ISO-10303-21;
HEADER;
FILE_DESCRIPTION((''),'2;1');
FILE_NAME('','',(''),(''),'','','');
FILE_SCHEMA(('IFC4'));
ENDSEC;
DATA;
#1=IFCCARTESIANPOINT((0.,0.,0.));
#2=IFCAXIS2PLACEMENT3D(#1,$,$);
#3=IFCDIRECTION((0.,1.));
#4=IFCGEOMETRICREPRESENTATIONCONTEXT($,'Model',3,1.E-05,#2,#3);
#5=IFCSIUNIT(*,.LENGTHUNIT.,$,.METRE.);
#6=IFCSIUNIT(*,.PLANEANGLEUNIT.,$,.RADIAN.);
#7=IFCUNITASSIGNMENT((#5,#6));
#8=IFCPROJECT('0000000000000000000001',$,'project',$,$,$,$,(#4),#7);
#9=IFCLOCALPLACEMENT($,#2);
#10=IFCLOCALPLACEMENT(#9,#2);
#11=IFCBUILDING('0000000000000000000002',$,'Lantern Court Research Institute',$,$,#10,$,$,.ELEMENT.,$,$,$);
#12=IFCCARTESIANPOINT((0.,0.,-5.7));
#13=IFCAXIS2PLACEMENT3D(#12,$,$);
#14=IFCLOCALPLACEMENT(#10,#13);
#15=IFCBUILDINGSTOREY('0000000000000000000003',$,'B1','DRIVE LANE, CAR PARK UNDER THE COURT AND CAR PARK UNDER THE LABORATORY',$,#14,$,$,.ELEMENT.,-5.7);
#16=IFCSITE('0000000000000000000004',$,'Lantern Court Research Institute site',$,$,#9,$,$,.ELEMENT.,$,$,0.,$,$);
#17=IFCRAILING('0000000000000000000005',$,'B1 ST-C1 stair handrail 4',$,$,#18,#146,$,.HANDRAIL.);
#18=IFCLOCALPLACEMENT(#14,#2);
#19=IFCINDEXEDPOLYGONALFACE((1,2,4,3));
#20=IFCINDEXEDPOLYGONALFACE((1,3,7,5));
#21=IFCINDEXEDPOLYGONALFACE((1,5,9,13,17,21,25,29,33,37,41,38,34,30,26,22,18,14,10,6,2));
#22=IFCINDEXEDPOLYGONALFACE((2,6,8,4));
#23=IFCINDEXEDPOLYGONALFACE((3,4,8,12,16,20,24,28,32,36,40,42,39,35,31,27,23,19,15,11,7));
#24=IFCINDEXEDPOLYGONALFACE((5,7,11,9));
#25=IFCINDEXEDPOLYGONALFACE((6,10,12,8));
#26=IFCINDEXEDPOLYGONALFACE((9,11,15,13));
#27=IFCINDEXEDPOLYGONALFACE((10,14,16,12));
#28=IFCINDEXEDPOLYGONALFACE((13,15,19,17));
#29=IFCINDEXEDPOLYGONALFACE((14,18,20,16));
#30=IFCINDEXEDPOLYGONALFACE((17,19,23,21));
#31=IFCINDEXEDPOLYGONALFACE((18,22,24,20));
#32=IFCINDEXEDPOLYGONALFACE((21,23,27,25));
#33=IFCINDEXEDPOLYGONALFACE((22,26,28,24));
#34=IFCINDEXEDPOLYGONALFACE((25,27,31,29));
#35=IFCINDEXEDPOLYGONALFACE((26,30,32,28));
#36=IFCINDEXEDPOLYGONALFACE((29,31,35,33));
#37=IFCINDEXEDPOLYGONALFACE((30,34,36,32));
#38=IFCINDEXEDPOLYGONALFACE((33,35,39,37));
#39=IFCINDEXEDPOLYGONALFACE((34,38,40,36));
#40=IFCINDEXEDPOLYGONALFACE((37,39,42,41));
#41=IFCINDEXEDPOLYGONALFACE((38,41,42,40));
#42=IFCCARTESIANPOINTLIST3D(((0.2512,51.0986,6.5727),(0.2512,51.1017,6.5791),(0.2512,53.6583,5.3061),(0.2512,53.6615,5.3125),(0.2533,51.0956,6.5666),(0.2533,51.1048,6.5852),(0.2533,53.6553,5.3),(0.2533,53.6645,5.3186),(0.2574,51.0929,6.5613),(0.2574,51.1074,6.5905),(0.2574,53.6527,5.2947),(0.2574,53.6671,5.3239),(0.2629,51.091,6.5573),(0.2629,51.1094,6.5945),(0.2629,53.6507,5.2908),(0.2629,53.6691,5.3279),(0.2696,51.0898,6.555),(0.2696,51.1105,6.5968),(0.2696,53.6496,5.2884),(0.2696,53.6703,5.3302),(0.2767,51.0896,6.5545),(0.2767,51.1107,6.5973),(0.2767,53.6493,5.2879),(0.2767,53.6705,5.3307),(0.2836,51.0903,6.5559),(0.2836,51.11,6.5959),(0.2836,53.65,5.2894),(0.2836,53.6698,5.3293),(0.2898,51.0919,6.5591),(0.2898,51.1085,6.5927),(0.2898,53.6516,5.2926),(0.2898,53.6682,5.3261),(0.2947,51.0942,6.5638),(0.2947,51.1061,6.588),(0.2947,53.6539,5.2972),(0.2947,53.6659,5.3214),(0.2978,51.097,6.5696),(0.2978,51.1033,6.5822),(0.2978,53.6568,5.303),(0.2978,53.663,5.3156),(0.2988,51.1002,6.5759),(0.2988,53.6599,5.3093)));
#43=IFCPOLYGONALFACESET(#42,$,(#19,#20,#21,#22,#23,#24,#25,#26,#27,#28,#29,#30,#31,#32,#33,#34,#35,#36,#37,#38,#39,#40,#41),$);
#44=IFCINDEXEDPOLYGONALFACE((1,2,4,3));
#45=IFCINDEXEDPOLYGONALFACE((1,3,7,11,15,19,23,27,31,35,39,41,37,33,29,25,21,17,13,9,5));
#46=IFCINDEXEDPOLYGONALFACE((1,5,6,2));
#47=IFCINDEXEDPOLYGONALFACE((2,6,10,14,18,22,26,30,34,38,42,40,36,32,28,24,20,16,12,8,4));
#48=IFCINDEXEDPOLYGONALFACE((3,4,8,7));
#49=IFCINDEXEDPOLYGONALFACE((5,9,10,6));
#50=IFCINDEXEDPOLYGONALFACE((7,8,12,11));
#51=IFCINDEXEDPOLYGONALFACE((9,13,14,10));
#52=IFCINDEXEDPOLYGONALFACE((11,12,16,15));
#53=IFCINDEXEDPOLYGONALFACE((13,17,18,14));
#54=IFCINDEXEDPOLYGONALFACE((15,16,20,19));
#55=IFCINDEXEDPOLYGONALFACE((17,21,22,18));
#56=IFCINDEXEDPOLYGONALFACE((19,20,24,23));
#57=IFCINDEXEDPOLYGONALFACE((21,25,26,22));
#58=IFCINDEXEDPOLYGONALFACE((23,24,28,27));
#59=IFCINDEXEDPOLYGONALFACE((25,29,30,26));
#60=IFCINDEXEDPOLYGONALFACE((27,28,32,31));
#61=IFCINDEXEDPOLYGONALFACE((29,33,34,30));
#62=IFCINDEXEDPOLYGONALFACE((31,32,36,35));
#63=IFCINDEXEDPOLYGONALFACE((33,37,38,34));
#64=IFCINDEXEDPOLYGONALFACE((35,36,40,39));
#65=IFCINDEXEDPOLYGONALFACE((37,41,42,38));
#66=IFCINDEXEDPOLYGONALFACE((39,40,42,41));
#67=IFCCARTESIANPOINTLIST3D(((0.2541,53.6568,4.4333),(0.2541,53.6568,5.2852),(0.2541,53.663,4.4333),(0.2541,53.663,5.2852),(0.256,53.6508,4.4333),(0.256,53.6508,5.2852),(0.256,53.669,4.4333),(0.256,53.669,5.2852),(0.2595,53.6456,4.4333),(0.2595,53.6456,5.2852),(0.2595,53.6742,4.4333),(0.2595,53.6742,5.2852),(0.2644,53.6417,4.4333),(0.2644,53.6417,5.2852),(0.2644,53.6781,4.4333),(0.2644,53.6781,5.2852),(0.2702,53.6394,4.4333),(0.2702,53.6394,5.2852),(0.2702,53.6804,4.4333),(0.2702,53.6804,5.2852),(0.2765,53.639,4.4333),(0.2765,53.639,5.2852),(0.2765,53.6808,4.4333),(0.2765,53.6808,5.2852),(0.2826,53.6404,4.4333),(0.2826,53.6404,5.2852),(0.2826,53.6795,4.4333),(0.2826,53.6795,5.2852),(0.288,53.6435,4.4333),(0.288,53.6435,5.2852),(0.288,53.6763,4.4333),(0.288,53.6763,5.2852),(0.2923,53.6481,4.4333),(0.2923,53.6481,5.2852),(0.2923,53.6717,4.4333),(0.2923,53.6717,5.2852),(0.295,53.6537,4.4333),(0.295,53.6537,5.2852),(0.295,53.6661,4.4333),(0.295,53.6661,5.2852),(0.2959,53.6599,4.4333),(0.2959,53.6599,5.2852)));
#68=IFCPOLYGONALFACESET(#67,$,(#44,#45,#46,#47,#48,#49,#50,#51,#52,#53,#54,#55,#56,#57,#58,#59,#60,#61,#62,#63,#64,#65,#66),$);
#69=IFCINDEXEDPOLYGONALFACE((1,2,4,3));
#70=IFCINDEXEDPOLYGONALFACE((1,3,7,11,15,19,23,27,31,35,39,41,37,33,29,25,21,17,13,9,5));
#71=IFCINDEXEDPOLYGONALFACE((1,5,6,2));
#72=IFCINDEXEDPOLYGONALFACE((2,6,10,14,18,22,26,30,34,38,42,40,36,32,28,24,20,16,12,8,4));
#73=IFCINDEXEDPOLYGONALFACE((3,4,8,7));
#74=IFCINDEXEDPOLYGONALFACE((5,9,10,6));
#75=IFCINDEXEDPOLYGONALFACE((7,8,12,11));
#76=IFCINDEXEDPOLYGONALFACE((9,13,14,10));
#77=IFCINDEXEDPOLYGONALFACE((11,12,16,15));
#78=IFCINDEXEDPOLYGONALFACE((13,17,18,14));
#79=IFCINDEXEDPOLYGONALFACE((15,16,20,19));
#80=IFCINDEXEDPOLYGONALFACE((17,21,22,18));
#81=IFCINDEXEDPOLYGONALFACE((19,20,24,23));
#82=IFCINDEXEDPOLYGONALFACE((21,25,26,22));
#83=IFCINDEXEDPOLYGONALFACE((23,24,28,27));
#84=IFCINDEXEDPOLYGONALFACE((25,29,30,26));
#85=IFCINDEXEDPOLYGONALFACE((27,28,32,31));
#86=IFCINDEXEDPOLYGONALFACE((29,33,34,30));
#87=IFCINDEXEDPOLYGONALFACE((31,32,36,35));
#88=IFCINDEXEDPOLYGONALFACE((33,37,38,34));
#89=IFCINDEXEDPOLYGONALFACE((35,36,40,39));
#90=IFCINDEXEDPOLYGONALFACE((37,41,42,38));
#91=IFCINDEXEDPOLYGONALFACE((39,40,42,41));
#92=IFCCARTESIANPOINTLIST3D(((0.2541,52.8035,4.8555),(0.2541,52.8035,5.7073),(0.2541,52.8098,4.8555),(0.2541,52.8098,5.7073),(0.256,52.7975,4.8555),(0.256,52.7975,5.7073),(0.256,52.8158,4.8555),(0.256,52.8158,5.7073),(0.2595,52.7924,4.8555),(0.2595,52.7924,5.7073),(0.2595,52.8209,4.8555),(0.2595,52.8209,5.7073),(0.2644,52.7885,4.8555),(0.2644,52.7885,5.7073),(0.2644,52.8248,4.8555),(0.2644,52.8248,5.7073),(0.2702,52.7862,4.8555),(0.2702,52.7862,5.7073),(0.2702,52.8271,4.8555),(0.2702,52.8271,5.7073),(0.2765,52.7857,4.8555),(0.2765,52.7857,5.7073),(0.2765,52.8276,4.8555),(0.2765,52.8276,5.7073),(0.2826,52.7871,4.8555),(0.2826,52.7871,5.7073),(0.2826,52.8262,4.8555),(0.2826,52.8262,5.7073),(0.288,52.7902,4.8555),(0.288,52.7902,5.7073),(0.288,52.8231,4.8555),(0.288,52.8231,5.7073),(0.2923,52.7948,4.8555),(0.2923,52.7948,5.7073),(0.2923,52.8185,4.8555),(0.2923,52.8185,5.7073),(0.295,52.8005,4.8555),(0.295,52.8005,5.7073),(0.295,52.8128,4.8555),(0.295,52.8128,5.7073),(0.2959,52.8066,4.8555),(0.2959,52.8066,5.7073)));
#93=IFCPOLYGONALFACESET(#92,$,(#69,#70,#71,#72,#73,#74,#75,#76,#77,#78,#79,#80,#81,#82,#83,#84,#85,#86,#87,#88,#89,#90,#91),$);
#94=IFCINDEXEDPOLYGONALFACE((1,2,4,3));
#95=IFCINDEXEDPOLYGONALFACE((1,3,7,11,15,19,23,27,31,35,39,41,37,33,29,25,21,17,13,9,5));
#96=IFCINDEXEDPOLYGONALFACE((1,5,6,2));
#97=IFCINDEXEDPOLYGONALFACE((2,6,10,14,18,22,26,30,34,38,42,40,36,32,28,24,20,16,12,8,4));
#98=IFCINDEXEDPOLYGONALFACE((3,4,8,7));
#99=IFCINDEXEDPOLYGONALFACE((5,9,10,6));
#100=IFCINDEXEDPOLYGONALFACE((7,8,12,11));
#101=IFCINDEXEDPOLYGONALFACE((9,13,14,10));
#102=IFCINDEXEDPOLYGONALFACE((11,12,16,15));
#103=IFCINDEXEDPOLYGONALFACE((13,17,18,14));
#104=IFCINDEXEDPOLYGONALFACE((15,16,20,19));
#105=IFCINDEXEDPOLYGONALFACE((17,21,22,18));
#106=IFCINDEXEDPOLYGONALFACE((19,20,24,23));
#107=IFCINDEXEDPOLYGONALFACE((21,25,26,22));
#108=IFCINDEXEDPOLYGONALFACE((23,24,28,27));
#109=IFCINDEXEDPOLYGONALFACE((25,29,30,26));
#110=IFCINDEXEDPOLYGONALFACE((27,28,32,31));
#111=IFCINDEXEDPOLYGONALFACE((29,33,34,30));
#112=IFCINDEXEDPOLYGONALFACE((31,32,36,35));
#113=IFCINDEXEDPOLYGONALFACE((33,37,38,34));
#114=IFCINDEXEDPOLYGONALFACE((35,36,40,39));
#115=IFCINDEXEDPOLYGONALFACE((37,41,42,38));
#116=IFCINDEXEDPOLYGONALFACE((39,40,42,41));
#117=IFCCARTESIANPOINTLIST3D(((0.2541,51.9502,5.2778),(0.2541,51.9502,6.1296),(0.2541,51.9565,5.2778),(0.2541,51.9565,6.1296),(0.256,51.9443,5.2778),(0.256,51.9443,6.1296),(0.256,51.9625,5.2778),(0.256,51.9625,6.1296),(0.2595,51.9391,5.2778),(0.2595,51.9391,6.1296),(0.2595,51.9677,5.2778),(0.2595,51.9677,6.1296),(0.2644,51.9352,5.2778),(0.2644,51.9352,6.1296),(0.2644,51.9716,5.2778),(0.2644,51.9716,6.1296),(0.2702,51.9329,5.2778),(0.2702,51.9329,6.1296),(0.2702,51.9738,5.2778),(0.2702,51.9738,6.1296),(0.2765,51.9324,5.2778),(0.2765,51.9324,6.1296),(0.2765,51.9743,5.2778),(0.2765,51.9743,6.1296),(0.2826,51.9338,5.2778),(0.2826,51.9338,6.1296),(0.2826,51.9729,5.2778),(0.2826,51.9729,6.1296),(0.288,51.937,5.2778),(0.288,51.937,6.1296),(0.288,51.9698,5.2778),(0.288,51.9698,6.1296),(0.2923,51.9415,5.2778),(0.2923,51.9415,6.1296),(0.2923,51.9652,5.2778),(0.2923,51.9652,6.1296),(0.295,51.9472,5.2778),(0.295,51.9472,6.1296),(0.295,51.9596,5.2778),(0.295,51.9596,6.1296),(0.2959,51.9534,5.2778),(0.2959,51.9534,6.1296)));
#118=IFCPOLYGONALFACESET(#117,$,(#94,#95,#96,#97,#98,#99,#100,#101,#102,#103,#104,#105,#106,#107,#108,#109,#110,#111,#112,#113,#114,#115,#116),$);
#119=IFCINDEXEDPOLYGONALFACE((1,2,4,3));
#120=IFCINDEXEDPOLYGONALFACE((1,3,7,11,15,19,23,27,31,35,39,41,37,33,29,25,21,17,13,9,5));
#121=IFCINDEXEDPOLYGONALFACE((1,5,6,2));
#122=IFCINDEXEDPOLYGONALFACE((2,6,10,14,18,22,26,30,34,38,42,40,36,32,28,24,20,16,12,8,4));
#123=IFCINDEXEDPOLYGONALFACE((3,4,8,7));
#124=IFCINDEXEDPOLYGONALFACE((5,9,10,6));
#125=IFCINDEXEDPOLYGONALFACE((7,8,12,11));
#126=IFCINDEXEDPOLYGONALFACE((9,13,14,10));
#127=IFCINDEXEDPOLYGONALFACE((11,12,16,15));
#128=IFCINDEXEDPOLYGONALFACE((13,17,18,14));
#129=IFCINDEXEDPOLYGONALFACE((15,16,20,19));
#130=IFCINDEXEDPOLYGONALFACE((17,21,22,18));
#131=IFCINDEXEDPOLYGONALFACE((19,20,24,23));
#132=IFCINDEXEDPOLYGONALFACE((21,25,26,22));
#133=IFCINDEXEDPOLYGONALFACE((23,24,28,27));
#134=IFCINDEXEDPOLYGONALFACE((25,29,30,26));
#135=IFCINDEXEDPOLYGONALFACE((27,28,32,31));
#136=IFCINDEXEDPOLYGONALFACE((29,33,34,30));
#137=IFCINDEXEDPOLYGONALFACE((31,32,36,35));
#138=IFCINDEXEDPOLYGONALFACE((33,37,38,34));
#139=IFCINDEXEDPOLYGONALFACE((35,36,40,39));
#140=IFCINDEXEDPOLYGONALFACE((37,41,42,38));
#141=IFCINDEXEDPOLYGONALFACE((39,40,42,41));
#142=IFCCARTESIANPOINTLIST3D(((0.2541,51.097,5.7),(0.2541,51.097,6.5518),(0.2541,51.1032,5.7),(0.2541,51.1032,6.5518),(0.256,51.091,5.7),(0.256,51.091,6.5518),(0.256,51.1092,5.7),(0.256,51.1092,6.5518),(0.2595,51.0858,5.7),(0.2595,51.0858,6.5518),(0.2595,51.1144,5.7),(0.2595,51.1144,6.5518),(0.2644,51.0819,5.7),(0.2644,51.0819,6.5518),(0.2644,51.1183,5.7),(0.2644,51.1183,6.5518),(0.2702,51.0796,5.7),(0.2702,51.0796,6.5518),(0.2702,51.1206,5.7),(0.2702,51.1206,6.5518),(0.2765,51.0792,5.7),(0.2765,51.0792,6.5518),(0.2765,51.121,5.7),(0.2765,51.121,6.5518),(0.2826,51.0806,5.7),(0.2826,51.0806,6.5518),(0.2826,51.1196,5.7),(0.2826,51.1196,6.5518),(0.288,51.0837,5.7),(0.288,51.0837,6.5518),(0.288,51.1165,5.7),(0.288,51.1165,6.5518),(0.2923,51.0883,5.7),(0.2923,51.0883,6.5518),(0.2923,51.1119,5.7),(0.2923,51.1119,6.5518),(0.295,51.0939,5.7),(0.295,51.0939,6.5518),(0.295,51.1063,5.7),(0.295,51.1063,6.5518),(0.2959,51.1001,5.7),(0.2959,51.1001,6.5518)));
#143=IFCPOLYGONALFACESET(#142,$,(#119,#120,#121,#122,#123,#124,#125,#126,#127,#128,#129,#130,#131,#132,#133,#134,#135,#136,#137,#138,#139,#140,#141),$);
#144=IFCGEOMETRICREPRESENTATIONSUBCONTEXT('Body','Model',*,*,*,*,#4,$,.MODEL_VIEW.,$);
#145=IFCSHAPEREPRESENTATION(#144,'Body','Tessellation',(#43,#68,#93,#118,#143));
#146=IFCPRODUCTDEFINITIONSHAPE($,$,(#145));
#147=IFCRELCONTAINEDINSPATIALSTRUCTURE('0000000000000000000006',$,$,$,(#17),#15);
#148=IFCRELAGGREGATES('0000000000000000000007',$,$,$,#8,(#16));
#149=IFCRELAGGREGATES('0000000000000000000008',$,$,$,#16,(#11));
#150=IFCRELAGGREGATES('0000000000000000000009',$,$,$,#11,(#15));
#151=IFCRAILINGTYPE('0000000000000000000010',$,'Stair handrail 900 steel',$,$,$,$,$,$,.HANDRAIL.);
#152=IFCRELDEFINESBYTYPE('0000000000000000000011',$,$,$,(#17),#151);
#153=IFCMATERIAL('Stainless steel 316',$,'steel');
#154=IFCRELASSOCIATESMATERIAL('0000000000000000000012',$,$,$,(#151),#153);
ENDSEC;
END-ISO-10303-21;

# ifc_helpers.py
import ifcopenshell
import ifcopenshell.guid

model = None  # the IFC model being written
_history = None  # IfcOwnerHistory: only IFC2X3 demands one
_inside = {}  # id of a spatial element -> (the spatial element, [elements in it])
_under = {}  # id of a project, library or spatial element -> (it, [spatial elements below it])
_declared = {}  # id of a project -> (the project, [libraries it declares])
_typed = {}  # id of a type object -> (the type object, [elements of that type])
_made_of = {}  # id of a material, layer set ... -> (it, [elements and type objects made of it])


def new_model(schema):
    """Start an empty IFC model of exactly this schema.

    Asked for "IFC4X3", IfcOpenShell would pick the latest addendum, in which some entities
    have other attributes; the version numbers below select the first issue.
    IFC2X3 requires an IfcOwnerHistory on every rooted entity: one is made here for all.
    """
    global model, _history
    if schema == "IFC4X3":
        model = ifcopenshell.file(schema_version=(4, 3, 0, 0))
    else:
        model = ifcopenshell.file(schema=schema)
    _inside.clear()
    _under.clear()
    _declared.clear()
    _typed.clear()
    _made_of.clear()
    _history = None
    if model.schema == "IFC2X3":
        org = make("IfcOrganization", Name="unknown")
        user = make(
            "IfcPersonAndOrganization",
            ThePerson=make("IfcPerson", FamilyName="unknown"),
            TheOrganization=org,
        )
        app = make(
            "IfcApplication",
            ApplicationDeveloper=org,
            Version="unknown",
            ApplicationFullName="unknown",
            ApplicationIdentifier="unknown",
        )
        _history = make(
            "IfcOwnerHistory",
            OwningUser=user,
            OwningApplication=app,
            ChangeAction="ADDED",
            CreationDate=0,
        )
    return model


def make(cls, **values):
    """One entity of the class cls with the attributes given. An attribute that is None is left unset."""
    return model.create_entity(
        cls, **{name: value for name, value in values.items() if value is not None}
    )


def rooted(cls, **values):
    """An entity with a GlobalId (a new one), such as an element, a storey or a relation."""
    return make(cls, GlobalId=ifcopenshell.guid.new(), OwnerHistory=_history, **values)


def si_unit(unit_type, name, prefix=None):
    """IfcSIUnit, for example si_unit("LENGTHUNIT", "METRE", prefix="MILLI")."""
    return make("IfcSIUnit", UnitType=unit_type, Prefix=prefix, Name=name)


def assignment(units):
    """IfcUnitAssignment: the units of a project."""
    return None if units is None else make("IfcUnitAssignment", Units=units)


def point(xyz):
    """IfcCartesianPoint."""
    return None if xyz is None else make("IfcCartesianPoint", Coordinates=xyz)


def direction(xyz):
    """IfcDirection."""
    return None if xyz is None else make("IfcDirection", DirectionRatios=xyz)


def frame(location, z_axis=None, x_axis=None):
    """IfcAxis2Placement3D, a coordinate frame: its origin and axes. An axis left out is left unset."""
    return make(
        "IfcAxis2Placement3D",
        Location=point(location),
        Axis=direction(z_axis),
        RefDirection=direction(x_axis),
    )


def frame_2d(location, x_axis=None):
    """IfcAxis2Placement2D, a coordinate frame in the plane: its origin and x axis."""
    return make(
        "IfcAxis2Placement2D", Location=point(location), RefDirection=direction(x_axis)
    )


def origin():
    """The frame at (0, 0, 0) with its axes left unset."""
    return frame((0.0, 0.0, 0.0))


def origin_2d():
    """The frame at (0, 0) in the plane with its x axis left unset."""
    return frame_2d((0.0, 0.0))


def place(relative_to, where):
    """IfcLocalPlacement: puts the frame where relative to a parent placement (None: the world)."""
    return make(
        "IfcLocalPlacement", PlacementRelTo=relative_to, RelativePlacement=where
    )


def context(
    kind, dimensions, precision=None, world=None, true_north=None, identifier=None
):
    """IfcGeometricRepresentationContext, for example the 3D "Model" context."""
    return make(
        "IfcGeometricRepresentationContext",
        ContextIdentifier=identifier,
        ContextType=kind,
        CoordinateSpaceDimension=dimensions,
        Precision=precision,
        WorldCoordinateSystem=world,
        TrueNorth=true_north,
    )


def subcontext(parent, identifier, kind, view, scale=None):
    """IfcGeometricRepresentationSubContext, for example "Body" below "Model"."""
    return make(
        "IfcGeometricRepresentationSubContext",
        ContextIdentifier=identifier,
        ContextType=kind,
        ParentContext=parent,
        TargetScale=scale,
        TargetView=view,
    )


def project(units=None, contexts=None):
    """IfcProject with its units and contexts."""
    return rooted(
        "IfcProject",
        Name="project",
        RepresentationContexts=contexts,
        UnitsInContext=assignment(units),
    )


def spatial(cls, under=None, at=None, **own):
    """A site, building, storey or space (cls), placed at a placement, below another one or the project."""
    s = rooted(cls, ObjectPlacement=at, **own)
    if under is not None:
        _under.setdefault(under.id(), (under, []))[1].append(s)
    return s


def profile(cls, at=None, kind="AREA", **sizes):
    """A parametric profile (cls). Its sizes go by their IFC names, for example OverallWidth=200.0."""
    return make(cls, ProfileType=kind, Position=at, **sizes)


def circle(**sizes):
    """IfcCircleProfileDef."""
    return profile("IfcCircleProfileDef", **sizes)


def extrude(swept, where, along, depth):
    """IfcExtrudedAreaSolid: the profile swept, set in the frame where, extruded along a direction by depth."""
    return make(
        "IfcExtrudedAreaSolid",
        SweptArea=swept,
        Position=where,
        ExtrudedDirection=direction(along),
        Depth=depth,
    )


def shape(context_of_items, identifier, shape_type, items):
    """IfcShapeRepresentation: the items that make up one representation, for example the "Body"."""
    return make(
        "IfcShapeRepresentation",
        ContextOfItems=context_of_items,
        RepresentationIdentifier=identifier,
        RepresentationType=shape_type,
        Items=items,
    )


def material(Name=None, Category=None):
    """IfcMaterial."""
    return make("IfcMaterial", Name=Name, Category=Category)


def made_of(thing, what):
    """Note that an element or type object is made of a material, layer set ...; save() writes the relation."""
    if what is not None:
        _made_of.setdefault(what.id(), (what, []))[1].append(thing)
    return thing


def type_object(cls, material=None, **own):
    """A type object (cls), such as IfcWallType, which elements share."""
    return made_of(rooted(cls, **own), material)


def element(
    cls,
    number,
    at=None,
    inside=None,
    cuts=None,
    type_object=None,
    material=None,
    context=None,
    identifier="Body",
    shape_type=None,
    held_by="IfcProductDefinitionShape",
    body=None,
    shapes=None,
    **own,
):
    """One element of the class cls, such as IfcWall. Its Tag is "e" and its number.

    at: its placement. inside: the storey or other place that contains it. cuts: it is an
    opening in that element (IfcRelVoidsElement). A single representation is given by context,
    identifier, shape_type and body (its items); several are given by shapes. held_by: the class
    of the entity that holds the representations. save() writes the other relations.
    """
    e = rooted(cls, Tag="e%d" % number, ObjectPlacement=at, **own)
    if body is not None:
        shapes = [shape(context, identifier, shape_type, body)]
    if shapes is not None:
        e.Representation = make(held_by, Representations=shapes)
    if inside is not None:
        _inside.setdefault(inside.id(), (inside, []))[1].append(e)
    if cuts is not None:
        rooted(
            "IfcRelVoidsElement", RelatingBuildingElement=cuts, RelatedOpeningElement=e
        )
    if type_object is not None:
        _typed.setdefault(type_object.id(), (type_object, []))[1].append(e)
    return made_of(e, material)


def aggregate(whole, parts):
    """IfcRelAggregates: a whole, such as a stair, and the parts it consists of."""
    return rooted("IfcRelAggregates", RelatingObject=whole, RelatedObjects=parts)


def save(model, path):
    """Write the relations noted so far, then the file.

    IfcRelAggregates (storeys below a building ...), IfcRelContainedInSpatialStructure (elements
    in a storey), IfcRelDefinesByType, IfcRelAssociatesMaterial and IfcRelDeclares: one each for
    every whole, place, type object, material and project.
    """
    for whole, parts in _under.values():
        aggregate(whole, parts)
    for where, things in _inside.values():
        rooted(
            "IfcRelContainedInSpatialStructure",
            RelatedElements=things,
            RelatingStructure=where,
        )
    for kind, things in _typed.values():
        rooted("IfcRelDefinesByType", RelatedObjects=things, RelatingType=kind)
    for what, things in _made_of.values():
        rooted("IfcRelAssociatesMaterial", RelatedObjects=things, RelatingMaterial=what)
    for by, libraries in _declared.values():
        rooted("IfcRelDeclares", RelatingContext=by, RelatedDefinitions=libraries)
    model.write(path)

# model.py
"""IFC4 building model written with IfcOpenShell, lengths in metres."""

from ifc_helpers import new_model, si_unit, direction, frame, origin, origin_2d, place, context, subcontext, project, spatial, circle, extrude, material, type_object, element, save


model = new_model("IFC4")

# Units and contexts
model_context = context("Model", 3, precision=1e-05, world=origin(), true_north=direction((0.0, 1.0)))
body_context = subcontext(model_context, "Body", "Model", "MODEL_VIEW")
ifc_project = project(units=[si_unit("LENGTHUNIT", "METRE"), si_unit("PLANEANGLEUNIT", "RADIAN")], contexts=[model_context])

# Site, building, storey
site_placement = place(None, origin())
site = spatial("IfcSite", under=ifc_project, at=site_placement, Name="Lantern Court Research Institute site", CompositionType="ELEMENT", RefElevation=0.0)
building_placement = place(site_placement, origin())
building = spatial("IfcBuilding", under=site, at=building_placement, Name="Lantern Court Research Institute", CompositionType="ELEMENT")
storey_placement = place(building_placement, frame((0.0, 0.0, -5.7)))
storey = spatial("IfcBuildingStorey", under=building, at=storey_placement, Name="B1", Description="DRIVE LANE, CAR PARK UNDER THE COURT AND CAR PARK UNDER THE LABORATORY", CompositionType="ELEMENT", Elevation=-5.7)

# Railing
ifc_material_1 = material(Name="Stainless steel 316", Category="steel")
railing_type_1 = type_object("IfcRailingType", Name="Stair handrail 900 steel", PredefinedType="HANDRAIL", material=ifc_material_1)
railing_1_placement = place(storey_placement, frame((0.2749, 53.6599, 4.4333)))
element("IfcRailing", 1, at=railing_1_placement, inside=storey, type_object=railing_type_1, Name="B1 ST-C1 stair handrail 4", PredefinedType="HANDRAIL", context=body_context, shape_type="SweptSolid", body=[
    extrude(circle(Radius=0.0239, at=origin_2d()), frame((0.0, 0.0, 0.876), z_axis=(0.0, -0.896283, 0.443483), x_axis=(1.0, 0.0, 0.0)), (0.0, 0.0, 1.0), 2.856),
    extrude(circle(Radius=0.021, at=origin_2d()), origin(), (0.0, 0.0, 1.0), 0.8518),
    extrude(circle(Radius=0.021, at=origin_2d()), frame((0.0, -0.8533, 0.4221)), (0.0, 0.0, 1.0), 0.8518),
    extrude(circle(Radius=0.021, at=origin_2d()), frame((0.0, -1.7065, 0.8445)), (0.0, 0.0, 1.0), 0.8518),
    extrude(circle(Radius=0.021, at=origin_2d()), frame((0.0, -2.5598, 1.2666)), (0.0, 0.0, 1.0), 0.8518),
])

save(model, "model.ifc")
